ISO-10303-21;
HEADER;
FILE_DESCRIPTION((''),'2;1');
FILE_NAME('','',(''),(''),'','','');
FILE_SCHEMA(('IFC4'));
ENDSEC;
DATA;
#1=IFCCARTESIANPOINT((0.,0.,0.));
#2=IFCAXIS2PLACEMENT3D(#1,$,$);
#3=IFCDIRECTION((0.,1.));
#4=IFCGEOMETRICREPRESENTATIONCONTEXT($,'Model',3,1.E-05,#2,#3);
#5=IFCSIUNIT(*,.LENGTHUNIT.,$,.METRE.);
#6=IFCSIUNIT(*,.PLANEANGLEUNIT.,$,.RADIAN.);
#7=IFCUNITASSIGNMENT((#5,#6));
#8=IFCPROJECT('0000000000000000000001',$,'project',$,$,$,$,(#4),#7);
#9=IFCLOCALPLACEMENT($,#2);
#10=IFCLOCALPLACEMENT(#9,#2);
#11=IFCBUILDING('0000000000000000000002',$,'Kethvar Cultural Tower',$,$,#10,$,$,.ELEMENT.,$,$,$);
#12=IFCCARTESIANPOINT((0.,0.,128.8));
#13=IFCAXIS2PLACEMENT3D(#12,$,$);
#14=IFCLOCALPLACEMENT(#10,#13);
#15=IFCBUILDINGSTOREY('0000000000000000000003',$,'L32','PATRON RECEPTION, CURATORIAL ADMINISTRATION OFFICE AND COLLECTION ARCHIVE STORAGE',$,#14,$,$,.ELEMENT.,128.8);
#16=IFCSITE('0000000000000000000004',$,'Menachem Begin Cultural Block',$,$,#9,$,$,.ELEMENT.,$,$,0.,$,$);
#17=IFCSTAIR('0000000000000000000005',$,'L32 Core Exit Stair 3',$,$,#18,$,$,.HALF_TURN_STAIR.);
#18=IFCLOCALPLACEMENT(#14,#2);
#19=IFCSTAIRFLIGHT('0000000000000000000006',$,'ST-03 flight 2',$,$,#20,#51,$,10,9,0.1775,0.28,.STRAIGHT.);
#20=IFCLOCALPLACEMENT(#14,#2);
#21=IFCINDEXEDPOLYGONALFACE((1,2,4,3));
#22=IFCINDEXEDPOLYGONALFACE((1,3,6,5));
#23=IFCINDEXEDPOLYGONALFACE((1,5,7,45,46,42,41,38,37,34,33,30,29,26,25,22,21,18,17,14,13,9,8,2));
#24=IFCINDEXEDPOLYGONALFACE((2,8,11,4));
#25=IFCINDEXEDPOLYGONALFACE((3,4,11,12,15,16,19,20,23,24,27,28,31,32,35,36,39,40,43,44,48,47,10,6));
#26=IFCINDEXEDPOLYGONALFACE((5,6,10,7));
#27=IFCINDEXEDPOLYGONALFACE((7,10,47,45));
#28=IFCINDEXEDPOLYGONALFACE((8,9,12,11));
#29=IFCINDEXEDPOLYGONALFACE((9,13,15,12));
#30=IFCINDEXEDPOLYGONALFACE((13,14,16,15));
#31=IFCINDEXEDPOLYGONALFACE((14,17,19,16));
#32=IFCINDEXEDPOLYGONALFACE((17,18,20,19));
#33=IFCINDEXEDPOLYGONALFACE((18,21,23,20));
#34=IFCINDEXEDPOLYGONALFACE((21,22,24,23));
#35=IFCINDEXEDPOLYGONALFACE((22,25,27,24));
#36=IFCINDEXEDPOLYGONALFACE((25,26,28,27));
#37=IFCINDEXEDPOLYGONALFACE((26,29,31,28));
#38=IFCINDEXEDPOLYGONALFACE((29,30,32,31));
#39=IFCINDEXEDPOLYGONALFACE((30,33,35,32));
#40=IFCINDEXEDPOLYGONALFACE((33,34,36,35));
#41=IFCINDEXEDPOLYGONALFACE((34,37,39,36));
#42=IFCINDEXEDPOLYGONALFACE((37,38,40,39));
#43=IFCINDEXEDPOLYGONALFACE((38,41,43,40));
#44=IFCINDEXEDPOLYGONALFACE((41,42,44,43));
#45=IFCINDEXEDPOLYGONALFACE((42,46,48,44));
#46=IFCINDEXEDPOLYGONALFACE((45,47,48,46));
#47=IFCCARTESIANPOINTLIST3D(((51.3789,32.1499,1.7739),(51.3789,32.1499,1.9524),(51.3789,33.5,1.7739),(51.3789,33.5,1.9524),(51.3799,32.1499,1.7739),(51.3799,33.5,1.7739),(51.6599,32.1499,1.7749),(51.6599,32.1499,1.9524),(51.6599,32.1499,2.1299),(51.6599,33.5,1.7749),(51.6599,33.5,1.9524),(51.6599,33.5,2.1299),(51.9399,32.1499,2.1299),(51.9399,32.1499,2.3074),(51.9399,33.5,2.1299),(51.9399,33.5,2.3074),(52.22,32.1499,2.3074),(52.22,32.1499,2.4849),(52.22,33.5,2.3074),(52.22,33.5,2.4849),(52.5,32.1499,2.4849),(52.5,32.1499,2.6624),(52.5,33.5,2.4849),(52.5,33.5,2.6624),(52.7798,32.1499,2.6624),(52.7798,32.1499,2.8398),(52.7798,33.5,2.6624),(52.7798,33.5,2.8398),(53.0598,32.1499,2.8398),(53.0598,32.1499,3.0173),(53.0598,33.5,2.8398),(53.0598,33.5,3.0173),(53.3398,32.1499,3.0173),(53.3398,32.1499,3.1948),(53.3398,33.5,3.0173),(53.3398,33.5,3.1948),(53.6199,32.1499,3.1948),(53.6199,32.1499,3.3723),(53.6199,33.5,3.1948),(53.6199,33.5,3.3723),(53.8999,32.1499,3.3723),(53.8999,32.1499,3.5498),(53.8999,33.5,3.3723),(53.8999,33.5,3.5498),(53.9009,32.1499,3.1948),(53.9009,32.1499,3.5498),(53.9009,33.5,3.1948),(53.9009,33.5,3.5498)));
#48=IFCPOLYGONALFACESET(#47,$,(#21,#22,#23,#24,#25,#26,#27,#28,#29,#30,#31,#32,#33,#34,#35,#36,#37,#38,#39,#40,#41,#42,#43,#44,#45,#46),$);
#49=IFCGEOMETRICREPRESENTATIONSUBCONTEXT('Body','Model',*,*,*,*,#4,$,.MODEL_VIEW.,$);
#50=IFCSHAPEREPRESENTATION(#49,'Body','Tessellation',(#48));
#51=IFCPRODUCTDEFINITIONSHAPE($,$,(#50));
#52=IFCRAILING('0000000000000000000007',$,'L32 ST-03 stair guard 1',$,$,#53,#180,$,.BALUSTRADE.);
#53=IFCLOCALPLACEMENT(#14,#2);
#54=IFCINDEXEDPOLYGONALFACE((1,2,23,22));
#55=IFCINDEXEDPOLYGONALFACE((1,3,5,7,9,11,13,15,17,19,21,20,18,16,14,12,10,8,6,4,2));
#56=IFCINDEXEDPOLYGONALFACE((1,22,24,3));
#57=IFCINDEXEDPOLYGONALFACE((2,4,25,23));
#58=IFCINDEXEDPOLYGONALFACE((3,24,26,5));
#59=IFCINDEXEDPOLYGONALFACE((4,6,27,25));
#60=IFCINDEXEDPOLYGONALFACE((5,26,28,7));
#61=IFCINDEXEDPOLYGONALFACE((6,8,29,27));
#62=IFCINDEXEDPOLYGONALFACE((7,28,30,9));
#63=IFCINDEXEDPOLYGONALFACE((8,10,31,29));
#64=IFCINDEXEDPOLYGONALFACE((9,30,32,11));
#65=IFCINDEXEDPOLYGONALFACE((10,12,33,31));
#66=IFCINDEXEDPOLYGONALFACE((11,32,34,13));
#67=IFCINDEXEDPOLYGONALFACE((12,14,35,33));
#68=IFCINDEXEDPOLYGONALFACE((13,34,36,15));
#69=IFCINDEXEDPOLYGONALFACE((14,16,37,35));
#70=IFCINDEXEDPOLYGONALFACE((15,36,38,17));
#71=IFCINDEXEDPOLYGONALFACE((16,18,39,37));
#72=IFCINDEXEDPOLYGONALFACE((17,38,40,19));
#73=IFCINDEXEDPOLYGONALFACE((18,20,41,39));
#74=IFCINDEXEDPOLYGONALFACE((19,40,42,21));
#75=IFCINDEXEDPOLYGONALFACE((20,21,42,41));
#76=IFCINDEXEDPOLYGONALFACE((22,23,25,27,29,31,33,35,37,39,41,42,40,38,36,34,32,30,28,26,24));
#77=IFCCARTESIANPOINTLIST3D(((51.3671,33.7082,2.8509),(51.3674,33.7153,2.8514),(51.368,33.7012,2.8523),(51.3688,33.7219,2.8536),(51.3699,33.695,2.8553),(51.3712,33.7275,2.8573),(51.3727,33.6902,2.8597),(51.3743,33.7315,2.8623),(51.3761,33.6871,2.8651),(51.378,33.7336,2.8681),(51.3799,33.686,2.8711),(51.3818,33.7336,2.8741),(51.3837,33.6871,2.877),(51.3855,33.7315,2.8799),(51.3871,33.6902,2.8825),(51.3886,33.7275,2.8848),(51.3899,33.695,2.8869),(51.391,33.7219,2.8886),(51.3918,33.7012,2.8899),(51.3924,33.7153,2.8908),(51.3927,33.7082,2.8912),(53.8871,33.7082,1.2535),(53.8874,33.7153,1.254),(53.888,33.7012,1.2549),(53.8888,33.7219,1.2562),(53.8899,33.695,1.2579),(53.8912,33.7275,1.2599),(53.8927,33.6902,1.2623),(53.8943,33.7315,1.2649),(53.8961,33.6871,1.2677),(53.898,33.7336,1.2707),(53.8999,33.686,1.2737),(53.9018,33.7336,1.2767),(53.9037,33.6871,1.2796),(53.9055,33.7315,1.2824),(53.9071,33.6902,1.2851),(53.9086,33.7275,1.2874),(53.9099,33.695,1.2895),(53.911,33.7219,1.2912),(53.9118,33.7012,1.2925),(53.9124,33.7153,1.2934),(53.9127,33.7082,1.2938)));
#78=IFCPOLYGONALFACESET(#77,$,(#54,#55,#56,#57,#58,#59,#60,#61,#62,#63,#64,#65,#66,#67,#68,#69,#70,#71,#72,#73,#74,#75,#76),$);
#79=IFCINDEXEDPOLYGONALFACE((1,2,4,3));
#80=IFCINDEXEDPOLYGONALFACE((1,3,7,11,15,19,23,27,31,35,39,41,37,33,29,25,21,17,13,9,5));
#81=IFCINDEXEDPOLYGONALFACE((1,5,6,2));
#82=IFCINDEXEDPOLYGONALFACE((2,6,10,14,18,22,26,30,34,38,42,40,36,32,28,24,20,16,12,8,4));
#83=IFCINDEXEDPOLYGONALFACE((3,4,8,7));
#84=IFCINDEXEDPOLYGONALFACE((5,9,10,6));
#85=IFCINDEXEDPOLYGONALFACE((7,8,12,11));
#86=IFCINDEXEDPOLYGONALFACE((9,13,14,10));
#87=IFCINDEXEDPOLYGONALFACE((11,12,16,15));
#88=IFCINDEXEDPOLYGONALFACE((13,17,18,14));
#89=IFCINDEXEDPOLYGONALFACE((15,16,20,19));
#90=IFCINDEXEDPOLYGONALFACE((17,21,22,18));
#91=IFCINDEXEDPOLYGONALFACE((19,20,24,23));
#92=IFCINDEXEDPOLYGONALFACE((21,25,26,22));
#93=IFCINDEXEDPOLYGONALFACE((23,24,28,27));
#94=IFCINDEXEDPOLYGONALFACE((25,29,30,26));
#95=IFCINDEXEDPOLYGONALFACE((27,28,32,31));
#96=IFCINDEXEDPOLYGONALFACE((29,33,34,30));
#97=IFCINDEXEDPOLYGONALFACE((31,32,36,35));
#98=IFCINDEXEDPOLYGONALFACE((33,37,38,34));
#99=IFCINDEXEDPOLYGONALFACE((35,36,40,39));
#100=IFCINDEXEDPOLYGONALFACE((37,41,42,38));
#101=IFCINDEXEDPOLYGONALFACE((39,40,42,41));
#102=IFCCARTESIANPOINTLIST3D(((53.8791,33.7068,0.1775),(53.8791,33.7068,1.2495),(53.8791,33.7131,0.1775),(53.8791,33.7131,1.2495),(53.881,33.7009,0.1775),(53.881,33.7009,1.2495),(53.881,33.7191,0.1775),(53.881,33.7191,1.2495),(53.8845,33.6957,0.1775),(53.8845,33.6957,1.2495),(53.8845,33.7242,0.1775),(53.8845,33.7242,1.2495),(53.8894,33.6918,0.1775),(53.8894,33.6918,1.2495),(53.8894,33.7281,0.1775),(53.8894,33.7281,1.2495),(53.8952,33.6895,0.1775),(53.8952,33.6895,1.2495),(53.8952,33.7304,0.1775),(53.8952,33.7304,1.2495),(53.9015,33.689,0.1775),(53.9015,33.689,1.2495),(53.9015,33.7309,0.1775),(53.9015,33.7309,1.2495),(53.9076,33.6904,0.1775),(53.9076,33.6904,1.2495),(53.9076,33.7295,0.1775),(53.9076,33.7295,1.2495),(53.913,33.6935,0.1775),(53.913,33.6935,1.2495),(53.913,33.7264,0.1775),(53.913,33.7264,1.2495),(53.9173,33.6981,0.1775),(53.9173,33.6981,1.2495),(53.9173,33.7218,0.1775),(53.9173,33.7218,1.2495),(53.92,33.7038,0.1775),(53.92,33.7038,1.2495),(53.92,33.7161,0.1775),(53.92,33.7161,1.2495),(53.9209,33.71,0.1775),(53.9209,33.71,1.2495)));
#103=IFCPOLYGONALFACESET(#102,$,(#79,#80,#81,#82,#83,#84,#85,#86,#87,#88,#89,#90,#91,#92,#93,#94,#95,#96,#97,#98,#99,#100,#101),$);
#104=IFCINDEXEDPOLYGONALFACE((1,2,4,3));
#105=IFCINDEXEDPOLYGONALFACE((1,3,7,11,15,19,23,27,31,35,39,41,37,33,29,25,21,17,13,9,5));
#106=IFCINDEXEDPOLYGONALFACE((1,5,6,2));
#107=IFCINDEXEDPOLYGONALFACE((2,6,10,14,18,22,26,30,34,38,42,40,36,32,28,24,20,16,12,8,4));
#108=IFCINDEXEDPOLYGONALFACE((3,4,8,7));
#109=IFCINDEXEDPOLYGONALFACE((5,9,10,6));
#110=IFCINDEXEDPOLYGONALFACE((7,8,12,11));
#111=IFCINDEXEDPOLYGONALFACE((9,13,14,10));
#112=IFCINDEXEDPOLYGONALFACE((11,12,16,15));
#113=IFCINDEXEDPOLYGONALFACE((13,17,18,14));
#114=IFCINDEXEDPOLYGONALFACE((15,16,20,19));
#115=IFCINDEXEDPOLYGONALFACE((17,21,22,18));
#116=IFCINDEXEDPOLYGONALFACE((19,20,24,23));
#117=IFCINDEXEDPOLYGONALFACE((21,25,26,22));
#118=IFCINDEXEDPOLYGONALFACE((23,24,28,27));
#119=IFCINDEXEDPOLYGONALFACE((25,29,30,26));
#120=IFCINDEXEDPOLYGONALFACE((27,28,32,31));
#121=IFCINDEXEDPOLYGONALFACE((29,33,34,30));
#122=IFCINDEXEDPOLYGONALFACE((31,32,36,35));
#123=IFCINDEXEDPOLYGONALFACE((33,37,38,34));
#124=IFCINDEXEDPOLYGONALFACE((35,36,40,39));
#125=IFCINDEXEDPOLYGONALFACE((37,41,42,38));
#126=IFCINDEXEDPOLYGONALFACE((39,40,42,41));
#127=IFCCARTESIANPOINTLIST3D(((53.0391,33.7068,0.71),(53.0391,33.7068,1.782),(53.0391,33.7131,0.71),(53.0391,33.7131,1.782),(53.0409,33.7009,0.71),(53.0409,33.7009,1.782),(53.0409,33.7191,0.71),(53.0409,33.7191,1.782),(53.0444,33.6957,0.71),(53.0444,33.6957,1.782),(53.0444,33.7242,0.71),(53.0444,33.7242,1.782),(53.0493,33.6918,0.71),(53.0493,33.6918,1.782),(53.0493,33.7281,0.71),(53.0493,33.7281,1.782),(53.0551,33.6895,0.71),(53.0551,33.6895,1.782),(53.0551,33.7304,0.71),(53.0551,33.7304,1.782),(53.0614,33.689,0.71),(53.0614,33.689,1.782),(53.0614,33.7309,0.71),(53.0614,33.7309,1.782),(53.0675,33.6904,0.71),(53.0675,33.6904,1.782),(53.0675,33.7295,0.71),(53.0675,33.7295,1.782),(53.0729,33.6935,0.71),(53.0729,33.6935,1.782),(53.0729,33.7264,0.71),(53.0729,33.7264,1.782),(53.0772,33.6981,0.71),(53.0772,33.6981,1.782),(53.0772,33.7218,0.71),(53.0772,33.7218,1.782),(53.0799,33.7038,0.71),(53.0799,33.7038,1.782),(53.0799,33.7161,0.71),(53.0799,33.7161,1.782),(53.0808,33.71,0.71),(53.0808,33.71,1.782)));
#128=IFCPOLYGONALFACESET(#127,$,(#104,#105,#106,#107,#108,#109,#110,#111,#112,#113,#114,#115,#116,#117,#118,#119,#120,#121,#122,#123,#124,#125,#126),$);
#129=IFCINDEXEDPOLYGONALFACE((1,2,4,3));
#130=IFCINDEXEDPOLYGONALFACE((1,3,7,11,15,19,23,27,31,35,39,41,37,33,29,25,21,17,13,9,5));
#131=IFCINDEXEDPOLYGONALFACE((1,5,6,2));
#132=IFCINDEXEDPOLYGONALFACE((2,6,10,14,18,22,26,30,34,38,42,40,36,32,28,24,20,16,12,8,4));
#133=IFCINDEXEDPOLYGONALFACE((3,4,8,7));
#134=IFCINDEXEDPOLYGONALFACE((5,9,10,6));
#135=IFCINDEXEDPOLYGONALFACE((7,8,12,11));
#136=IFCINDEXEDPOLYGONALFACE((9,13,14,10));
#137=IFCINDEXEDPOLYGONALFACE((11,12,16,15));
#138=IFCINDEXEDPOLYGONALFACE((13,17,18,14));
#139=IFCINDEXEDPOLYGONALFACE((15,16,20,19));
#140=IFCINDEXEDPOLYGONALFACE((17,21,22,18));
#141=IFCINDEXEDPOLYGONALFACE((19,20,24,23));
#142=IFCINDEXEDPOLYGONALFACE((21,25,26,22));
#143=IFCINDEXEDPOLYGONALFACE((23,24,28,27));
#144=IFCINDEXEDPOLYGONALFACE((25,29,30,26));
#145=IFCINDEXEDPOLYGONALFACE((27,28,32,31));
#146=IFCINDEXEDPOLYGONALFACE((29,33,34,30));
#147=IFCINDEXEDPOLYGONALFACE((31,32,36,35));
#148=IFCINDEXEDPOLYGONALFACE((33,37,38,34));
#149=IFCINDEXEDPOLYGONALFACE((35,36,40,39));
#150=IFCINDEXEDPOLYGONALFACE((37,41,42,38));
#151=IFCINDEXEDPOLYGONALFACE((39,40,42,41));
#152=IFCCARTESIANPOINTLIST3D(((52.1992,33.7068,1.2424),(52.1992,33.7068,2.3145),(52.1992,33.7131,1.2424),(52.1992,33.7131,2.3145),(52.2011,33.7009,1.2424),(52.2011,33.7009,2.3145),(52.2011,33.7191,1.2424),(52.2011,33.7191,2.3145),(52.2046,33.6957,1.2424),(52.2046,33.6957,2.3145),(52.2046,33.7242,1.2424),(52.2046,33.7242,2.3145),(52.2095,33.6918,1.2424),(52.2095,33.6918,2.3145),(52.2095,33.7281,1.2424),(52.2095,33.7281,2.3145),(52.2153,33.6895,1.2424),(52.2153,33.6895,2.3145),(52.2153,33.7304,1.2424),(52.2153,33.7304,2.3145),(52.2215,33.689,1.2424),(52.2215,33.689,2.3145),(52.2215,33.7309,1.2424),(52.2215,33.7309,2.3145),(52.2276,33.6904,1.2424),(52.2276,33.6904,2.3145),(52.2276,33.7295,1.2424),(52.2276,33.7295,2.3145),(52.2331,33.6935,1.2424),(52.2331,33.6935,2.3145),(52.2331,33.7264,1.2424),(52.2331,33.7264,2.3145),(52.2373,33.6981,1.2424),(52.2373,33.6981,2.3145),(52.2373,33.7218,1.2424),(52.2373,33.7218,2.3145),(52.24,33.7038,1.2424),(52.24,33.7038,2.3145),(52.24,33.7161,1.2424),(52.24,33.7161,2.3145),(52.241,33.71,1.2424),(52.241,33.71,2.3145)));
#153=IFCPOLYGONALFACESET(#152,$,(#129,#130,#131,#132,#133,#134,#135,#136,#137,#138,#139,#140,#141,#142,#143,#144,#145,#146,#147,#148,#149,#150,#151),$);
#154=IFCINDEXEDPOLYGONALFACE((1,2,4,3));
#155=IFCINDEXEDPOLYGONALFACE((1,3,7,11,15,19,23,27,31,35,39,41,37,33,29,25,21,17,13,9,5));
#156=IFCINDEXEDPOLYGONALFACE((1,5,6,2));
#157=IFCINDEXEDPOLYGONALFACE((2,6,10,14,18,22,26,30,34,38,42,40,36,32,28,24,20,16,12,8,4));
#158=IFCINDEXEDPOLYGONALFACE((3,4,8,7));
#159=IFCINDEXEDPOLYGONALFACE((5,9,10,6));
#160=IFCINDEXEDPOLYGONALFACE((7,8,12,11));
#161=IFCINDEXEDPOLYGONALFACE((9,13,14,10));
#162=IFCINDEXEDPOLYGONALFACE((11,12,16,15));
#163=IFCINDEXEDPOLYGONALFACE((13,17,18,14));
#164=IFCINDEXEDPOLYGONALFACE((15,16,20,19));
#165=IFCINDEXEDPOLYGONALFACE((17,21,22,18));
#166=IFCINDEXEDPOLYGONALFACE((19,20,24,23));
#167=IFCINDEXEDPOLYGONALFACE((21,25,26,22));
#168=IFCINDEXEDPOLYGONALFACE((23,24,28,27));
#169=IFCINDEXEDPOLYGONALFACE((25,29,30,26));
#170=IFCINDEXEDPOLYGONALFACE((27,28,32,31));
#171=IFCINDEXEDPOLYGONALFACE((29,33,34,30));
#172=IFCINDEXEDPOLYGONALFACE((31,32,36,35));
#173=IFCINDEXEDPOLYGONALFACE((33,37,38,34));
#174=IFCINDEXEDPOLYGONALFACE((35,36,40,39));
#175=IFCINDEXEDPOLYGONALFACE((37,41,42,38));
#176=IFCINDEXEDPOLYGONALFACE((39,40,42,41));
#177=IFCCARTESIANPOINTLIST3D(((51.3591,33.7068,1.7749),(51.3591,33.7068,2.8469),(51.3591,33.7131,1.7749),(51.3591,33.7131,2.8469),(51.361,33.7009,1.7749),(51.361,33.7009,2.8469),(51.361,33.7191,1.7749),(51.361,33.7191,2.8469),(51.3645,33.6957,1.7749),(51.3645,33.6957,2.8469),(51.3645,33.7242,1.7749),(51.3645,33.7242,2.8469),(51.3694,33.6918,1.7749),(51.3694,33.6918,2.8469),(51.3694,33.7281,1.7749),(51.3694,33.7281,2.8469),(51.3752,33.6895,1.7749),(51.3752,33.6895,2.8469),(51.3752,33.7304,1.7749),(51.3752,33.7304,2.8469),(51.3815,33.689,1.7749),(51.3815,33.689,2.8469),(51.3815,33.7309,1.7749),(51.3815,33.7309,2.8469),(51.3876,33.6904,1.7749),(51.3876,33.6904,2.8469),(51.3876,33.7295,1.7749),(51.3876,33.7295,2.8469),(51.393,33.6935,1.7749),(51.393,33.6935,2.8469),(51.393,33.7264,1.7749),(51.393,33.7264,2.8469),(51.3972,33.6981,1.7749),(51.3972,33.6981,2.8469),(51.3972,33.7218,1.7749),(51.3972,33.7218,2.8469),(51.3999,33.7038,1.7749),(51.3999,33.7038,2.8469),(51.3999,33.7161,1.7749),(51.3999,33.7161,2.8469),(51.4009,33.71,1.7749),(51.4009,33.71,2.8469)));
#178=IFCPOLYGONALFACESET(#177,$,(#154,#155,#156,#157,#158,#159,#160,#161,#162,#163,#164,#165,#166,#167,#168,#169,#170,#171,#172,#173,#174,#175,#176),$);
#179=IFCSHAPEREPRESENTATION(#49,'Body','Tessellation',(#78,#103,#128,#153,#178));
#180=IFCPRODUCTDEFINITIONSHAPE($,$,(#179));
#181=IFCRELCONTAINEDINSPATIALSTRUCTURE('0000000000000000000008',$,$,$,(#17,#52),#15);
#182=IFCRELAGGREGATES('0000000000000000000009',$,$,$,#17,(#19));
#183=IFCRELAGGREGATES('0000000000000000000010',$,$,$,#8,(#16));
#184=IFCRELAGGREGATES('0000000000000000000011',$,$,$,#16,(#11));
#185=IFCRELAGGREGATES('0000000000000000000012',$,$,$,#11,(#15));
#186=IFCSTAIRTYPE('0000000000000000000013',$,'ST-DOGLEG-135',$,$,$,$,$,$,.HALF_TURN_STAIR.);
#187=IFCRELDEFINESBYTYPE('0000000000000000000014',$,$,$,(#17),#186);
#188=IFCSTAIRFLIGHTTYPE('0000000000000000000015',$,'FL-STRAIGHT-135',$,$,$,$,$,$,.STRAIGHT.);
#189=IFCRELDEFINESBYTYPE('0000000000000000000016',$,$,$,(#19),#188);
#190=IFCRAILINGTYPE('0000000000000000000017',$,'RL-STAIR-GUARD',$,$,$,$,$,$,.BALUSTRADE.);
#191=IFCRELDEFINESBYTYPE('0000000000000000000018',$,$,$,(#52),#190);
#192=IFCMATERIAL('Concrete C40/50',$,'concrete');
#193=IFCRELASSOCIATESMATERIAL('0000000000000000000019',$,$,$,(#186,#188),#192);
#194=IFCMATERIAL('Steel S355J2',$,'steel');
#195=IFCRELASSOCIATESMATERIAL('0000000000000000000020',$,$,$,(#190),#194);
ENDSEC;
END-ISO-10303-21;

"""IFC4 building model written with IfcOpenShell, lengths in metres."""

from ifc_helpers import new_model, si_unit, direction, frame, origin, origin_2d, place, context, subcontext, project, spatial, polyline, circle, outline, extrude, material, type_object, element, aggregate, save


model = new_model("IFC4")

# Units and contexts
model_context = context("Model", 3, precision=1e-05, world=origin(), true_north=direction((0.0, 1.0)))
body_context = subcontext(model_context, "Body", "Model", "MODEL_VIEW")
ifc_project = project(units=[si_unit("LENGTHUNIT", "METRE"), si_unit("PLANEANGLEUNIT", "RADIAN")], contexts=[model_context])

# Site, building, storey
site_placement = place(None, origin())
site = spatial("IfcSite", under=ifc_project, at=site_placement, Name="Menachem Begin Cultural Block", CompositionType="ELEMENT", RefElevation=0.0)
building_placement = place(site_placement, origin())
building = spatial("IfcBuilding", under=site, at=building_placement, Name="Kethvar Cultural Tower", CompositionType="ELEMENT")
storey_placement = place(building_placement, frame((0.0, 0.0, 128.8)))
storey = spatial("IfcBuildingStorey", under=building, at=storey_placement, Name="L32", Description="PATRON RECEPTION, CURATORIAL ADMINISTRATION OFFICE AND COLLECTION ARCHIVE STORAGE", CompositionType="ELEMENT", Elevation=128.8)

# Shared definitions
ifc_material_1 = material(Name="Steel S355J2", Category="steel")

# Shared definitions
ifc_material_2 = material(Name="Concrete C40/50", Category="concrete")

# Stair, stair flight
stair_type = type_object("IfcStairType", Name="ST-DOGLEG-135", PredefinedType="HALF_TURN_STAIR", material=ifc_material_2)
stair_placement = place(storey_placement, origin())
stair = element("IfcStair", 1, at=stair_placement, inside=storey, type_object=stair_type, Name="L32 Core Exit Stair 3", PredefinedType="HALF_TURN_STAIR")
stair_flight_type = type_object("IfcStairFlightType", Name="FL-STRAIGHT-135", PredefinedType="STRAIGHT", material=ifc_material_2)
stair_flight_1_placement = place(storey_placement, frame((51.3799, 32.825, 1.7749), z_axis=(0.0, 0.0, 1.0), x_axis=(1.0, 0.0, 0.0)))
stair_flight_1 = element("IfcStairFlight", 2, at=stair_flight_1_placement, type_object=stair_flight_type, Name="ST-03 flight 2", NumberOfRisers=10, NumberOfTreads=9, PredefinedType="STRAIGHT", RiserHeight=0.1775, TreadLength=0.28, context=body_context, shape_type="SweptSolid", body=[
    extrude(outline(polyline([(-0.001, -0.001), (-0.001, 0.1775), (0.28, 0.1775), (0.28, 0.355), (0.5601, 0.355), (0.5601, 0.5325), (0.8401, 0.5325), (0.8401, 0.71), (1.1201, 0.71), (1.1201, 0.8875), (1.3999, 0.8875), (1.3999, 1.0649), (1.6799, 1.0649), (1.6799, 1.2424), (1.96, 1.2424), (1.96, 1.4199), (2.24, 1.4199), (2.24, 1.5974), (2.52, 1.5974), (2.52, 1.7749), (2.521, 1.7749), (2.521, 1.4199), (0.28, 0.0), (0.0, -0.001), (-0.001, -0.001)])), frame((0.0, 0.675, 0.0), z_axis=(0.0, -1.0, 0.0), x_axis=(1.0, 0.0, 0.0)), (0.0, 0.0, 1.0), 1.3501),
])
aggregate(stair, [stair_flight_1])

# Railing
railing_type_1 = type_object("IfcRailingType", Name="RL-STAIR-GUARD", PredefinedType="BALUSTRADE", material=ifc_material_1)
railing_1_placement = place(storey_placement, frame((53.8999, 33.71, 0.1775)))
element("IfcRailing", 3, at=railing_1_placement, inside=storey, type_object=railing_type_1, Name="L32 ST-03 stair guard 1", PredefinedType="BALUSTRADE", context=body_context, shape_type="SweptSolid", body=[
    extrude(circle(Radius=0.0239, at=origin_2d()), frame((0.0, 0.0, 1.0962), z_axis=(-0.844607, 0.0, 0.535387), x_axis=(0.0, -1.0, 0.0)), (0.0, 0.0, 1.0), 2.9836),
    extrude(circle(Radius=0.021, at=origin_2d()), origin(), (0.0, 0.0, 1.0), 1.072),
    extrude(circle(Radius=0.021, at=origin_2d()), frame((-0.8401, 0.0, 0.5325)), (0.0, 0.0, 1.0), 1.072),
    extrude(circle(Radius=0.021, at=origin_2d()), frame((-1.6799, 0.0, 1.0649)), (0.0, 0.0, 1.0), 1.072),
    extrude(circle(Radius=0.021, at=origin_2d()), frame((-2.52, 0.0, 1.5974)), (0.0, 0.0, 1.0), 1.072),
])

save(model, "model.ifc")
